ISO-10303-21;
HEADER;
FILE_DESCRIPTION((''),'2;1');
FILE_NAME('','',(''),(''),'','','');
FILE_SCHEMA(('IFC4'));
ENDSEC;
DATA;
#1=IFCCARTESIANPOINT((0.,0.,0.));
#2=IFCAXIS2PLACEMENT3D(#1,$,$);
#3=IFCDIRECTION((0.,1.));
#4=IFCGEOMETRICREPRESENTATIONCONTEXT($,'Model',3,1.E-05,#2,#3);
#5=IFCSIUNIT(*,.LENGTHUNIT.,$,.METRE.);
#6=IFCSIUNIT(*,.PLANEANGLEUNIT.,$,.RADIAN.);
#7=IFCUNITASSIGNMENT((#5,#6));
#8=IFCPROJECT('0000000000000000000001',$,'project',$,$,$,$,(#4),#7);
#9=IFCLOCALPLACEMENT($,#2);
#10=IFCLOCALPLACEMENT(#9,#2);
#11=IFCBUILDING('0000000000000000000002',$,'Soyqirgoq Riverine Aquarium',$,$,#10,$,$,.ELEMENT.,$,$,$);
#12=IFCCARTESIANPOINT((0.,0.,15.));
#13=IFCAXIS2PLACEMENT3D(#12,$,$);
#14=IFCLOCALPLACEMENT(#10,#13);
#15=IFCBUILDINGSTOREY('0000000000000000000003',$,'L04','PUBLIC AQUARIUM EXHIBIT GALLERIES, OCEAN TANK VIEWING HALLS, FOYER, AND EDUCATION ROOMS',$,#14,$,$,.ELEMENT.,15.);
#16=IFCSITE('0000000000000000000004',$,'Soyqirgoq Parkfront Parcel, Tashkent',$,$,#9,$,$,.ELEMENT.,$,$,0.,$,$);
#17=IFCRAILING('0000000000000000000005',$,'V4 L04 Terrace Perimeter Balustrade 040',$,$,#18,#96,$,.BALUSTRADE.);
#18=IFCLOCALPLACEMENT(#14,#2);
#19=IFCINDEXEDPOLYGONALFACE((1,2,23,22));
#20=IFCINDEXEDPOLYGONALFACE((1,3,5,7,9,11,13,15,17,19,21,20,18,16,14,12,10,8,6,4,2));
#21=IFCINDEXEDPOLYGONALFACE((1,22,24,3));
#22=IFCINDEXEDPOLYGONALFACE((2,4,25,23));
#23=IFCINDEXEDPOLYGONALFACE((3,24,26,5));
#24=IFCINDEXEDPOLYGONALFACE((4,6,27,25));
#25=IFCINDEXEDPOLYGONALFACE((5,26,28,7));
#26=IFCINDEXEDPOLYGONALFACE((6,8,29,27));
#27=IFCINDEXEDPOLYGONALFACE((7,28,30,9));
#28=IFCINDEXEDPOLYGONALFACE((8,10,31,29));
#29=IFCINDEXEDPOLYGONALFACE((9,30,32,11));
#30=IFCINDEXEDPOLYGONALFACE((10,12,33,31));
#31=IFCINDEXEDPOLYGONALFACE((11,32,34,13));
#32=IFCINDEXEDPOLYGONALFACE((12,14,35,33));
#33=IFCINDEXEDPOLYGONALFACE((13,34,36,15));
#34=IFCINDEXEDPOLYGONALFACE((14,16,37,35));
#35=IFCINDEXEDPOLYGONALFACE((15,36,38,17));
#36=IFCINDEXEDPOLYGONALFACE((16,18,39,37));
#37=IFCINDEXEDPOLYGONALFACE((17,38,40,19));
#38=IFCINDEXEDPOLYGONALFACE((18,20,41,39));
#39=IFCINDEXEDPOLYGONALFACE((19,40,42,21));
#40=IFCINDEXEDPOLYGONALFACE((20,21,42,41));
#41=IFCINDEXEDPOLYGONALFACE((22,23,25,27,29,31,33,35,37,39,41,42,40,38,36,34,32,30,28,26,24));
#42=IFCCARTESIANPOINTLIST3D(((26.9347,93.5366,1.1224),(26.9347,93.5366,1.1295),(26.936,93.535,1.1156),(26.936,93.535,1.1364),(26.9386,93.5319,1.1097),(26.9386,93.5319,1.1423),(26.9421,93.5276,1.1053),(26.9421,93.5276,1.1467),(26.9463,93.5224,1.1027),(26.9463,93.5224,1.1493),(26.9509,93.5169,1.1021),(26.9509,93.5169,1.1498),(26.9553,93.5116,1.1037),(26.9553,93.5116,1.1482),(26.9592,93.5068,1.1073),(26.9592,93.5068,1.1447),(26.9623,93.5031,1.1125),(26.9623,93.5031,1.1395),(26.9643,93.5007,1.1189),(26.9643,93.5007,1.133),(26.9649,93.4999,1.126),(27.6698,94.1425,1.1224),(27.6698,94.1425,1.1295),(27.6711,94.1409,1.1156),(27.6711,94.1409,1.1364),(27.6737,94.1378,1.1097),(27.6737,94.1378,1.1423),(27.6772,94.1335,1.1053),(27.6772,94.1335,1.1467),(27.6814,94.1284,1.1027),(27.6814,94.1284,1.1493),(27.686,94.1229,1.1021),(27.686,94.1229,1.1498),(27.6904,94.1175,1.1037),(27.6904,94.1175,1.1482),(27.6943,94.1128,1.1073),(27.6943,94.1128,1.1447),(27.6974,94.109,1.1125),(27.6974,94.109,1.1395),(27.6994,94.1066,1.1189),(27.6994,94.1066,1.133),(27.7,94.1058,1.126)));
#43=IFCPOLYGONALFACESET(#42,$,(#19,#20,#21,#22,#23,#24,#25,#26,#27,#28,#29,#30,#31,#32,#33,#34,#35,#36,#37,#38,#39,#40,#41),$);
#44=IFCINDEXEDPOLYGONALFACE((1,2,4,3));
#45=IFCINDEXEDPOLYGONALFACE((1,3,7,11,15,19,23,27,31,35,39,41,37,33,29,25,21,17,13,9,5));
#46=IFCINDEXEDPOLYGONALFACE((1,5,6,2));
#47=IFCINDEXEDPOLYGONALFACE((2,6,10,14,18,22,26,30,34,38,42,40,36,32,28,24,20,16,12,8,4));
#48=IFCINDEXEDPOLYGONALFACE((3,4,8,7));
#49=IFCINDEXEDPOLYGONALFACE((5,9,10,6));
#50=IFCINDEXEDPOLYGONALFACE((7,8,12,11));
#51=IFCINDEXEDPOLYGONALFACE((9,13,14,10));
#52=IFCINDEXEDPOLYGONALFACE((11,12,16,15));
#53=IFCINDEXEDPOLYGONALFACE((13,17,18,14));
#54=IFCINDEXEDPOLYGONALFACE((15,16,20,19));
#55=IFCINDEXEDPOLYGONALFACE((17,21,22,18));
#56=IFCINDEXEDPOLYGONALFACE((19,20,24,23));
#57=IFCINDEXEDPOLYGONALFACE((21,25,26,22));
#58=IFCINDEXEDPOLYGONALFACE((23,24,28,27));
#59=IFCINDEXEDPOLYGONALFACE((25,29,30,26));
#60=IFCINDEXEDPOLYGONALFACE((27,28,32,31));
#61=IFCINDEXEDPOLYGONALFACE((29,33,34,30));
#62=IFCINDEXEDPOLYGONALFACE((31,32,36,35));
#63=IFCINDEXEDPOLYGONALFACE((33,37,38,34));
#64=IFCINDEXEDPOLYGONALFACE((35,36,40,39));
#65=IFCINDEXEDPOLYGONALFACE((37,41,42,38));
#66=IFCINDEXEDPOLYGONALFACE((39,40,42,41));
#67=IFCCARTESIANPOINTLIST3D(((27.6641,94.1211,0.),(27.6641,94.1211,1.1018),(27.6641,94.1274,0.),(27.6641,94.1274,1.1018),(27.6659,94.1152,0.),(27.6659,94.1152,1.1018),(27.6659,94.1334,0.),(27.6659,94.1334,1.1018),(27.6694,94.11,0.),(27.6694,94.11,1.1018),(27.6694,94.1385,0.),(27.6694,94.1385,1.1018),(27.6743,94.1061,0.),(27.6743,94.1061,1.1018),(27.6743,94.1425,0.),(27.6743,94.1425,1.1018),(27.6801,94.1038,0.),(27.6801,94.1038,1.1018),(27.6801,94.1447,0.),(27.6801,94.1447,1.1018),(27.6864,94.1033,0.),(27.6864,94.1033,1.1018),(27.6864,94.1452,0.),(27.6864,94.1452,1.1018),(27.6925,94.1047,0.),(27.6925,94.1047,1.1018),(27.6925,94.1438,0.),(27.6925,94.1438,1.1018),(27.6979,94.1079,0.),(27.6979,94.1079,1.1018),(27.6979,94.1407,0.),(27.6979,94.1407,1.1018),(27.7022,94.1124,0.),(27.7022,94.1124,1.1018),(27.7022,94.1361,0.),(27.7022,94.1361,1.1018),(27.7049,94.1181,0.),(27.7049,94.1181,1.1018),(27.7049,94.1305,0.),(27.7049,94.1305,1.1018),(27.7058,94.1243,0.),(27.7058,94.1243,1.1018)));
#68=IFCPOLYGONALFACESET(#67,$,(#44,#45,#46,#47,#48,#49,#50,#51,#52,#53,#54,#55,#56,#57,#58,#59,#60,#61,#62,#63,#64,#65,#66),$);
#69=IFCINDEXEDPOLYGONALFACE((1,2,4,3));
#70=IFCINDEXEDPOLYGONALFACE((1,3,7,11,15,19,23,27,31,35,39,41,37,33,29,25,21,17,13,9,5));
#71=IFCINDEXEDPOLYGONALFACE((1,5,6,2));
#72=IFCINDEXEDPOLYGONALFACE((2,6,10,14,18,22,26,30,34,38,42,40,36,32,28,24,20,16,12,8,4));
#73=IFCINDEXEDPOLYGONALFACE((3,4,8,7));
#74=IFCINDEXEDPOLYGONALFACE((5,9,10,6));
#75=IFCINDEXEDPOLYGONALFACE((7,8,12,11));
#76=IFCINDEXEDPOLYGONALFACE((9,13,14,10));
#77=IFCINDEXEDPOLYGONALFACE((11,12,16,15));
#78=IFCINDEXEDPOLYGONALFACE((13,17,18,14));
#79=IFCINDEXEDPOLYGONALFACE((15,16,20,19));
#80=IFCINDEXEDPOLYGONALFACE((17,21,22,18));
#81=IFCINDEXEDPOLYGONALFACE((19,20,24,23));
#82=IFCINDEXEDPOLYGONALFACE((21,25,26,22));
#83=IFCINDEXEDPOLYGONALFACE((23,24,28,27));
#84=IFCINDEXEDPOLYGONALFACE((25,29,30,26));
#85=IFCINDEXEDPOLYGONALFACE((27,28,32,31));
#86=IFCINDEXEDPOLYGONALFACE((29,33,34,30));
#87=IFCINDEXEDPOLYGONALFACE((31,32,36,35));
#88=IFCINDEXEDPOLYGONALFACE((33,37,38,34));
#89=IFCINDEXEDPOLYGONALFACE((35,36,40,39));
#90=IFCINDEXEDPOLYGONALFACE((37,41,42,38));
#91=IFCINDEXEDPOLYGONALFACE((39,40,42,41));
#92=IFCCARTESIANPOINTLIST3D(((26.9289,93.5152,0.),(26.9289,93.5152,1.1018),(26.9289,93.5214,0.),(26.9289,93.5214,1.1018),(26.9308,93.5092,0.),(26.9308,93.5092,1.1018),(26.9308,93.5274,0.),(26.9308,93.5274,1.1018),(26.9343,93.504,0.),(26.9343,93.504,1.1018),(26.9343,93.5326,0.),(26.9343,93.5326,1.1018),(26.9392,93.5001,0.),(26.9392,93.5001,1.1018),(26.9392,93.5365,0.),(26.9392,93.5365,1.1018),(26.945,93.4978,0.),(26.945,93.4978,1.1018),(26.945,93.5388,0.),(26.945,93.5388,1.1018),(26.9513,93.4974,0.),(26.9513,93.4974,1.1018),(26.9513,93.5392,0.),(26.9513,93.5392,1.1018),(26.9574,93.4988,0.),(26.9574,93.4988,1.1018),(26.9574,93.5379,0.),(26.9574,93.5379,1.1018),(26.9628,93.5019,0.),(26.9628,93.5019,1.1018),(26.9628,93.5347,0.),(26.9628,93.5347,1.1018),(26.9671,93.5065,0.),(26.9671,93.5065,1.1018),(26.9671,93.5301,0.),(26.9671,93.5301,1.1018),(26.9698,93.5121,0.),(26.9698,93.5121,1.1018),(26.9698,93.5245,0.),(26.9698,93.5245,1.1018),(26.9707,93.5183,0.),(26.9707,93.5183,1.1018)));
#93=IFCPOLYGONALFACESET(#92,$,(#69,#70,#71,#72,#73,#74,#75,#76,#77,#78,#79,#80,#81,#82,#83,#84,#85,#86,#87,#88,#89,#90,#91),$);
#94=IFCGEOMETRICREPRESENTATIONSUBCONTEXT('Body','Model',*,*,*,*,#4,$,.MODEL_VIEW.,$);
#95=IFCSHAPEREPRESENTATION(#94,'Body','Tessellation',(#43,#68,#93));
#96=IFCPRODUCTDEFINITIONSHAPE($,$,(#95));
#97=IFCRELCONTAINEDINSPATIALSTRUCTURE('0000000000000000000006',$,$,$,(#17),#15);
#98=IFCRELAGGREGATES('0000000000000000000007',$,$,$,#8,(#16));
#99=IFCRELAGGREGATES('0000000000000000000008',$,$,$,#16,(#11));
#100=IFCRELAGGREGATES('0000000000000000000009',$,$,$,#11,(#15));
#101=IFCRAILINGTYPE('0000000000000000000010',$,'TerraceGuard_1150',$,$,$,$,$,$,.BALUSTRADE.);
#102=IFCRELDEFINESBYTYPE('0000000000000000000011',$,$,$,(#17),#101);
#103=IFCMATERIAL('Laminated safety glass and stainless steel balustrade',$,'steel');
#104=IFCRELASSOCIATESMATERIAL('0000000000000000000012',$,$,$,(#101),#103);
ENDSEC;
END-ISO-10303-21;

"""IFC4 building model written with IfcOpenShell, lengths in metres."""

from ifc_helpers import new_model, si_unit, direction, frame, origin, origin_2d, place, context, subcontext, project, spatial, circle, extrude, material, type_object, element, save


model = new_model("IFC4")

# Units and contexts
model_context = context("Model", 3, precision=1e-05, world=origin(), true_north=direction((0.0, 1.0)))
body_context = subcontext(model_context, "Body", "Model", "MODEL_VIEW")
ifc_project = project(units=[si_unit("LENGTHUNIT", "METRE"), si_unit("PLANEANGLEUNIT", "RADIAN")], contexts=[model_context])

# Site, building, storey
site_placement = place(None, origin())
site = spatial("IfcSite", under=ifc_project, at=site_placement, Name="Soyqirgoq Parkfront Parcel, Tashkent", CompositionType="ELEMENT", RefElevation=0.0)
building_placement = place(site_placement, origin())
building = spatial("IfcBuilding", under=site, at=building_placement, Name="Soyqirgoq Riverine Aquarium", CompositionType="ELEMENT")
storey_placement = place(building_placement, frame((0.0, 0.0, 15.0)))
storey = spatial("IfcBuildingStorey", under=building, at=storey_placement, Name="L04", Description="PUBLIC AQUARIUM EXHIBIT GALLERIES, OCEAN TANK VIEWING HALLS, FOYER, AND EDUCATION ROOMS", CompositionType="ELEMENT", Elevation=15.0)

# Railing
ifc_material_1 = material(Name="Laminated safety glass and stainless steel balustrade", Category="steel")
railing_type = type_object("IfcRailingType", Name="TerraceGuard_1150", PredefinedType="BALUSTRADE", material=ifc_material_1)
railing_1_placement = place(storey_placement, frame((27.6848, 94.1243, 0.0)))
element("IfcRailing", 1, at=railing_1_placement, inside=storey, type_object=railing_type, Name="V4 L04 Terrace Perimeter Balustrade 040", PredefinedType="BALUSTRADE", context=body_context, shape_type="SweptSolid", body=[
    extrude(circle(Radius=0.0239, at=origin_2d()), frame((0.0, 0.0, 1.126), z_axis=(-0.771634, -0.636066, 0.0), x_axis=(0.636066, -0.771634, 0.0)), (0.0, 0.0, 1.0), 0.9526),
    extrude(circle(Radius=0.021, at=origin_2d()), origin(), (0.0, 0.0, 1.0), 1.1018),
    extrude(circle(Radius=0.021, at=origin_2d()), frame((-0.7351, -0.606, 0.0)), (0.0, 0.0, 1.0), 1.1018),
])

save(model, "model.ifc")
